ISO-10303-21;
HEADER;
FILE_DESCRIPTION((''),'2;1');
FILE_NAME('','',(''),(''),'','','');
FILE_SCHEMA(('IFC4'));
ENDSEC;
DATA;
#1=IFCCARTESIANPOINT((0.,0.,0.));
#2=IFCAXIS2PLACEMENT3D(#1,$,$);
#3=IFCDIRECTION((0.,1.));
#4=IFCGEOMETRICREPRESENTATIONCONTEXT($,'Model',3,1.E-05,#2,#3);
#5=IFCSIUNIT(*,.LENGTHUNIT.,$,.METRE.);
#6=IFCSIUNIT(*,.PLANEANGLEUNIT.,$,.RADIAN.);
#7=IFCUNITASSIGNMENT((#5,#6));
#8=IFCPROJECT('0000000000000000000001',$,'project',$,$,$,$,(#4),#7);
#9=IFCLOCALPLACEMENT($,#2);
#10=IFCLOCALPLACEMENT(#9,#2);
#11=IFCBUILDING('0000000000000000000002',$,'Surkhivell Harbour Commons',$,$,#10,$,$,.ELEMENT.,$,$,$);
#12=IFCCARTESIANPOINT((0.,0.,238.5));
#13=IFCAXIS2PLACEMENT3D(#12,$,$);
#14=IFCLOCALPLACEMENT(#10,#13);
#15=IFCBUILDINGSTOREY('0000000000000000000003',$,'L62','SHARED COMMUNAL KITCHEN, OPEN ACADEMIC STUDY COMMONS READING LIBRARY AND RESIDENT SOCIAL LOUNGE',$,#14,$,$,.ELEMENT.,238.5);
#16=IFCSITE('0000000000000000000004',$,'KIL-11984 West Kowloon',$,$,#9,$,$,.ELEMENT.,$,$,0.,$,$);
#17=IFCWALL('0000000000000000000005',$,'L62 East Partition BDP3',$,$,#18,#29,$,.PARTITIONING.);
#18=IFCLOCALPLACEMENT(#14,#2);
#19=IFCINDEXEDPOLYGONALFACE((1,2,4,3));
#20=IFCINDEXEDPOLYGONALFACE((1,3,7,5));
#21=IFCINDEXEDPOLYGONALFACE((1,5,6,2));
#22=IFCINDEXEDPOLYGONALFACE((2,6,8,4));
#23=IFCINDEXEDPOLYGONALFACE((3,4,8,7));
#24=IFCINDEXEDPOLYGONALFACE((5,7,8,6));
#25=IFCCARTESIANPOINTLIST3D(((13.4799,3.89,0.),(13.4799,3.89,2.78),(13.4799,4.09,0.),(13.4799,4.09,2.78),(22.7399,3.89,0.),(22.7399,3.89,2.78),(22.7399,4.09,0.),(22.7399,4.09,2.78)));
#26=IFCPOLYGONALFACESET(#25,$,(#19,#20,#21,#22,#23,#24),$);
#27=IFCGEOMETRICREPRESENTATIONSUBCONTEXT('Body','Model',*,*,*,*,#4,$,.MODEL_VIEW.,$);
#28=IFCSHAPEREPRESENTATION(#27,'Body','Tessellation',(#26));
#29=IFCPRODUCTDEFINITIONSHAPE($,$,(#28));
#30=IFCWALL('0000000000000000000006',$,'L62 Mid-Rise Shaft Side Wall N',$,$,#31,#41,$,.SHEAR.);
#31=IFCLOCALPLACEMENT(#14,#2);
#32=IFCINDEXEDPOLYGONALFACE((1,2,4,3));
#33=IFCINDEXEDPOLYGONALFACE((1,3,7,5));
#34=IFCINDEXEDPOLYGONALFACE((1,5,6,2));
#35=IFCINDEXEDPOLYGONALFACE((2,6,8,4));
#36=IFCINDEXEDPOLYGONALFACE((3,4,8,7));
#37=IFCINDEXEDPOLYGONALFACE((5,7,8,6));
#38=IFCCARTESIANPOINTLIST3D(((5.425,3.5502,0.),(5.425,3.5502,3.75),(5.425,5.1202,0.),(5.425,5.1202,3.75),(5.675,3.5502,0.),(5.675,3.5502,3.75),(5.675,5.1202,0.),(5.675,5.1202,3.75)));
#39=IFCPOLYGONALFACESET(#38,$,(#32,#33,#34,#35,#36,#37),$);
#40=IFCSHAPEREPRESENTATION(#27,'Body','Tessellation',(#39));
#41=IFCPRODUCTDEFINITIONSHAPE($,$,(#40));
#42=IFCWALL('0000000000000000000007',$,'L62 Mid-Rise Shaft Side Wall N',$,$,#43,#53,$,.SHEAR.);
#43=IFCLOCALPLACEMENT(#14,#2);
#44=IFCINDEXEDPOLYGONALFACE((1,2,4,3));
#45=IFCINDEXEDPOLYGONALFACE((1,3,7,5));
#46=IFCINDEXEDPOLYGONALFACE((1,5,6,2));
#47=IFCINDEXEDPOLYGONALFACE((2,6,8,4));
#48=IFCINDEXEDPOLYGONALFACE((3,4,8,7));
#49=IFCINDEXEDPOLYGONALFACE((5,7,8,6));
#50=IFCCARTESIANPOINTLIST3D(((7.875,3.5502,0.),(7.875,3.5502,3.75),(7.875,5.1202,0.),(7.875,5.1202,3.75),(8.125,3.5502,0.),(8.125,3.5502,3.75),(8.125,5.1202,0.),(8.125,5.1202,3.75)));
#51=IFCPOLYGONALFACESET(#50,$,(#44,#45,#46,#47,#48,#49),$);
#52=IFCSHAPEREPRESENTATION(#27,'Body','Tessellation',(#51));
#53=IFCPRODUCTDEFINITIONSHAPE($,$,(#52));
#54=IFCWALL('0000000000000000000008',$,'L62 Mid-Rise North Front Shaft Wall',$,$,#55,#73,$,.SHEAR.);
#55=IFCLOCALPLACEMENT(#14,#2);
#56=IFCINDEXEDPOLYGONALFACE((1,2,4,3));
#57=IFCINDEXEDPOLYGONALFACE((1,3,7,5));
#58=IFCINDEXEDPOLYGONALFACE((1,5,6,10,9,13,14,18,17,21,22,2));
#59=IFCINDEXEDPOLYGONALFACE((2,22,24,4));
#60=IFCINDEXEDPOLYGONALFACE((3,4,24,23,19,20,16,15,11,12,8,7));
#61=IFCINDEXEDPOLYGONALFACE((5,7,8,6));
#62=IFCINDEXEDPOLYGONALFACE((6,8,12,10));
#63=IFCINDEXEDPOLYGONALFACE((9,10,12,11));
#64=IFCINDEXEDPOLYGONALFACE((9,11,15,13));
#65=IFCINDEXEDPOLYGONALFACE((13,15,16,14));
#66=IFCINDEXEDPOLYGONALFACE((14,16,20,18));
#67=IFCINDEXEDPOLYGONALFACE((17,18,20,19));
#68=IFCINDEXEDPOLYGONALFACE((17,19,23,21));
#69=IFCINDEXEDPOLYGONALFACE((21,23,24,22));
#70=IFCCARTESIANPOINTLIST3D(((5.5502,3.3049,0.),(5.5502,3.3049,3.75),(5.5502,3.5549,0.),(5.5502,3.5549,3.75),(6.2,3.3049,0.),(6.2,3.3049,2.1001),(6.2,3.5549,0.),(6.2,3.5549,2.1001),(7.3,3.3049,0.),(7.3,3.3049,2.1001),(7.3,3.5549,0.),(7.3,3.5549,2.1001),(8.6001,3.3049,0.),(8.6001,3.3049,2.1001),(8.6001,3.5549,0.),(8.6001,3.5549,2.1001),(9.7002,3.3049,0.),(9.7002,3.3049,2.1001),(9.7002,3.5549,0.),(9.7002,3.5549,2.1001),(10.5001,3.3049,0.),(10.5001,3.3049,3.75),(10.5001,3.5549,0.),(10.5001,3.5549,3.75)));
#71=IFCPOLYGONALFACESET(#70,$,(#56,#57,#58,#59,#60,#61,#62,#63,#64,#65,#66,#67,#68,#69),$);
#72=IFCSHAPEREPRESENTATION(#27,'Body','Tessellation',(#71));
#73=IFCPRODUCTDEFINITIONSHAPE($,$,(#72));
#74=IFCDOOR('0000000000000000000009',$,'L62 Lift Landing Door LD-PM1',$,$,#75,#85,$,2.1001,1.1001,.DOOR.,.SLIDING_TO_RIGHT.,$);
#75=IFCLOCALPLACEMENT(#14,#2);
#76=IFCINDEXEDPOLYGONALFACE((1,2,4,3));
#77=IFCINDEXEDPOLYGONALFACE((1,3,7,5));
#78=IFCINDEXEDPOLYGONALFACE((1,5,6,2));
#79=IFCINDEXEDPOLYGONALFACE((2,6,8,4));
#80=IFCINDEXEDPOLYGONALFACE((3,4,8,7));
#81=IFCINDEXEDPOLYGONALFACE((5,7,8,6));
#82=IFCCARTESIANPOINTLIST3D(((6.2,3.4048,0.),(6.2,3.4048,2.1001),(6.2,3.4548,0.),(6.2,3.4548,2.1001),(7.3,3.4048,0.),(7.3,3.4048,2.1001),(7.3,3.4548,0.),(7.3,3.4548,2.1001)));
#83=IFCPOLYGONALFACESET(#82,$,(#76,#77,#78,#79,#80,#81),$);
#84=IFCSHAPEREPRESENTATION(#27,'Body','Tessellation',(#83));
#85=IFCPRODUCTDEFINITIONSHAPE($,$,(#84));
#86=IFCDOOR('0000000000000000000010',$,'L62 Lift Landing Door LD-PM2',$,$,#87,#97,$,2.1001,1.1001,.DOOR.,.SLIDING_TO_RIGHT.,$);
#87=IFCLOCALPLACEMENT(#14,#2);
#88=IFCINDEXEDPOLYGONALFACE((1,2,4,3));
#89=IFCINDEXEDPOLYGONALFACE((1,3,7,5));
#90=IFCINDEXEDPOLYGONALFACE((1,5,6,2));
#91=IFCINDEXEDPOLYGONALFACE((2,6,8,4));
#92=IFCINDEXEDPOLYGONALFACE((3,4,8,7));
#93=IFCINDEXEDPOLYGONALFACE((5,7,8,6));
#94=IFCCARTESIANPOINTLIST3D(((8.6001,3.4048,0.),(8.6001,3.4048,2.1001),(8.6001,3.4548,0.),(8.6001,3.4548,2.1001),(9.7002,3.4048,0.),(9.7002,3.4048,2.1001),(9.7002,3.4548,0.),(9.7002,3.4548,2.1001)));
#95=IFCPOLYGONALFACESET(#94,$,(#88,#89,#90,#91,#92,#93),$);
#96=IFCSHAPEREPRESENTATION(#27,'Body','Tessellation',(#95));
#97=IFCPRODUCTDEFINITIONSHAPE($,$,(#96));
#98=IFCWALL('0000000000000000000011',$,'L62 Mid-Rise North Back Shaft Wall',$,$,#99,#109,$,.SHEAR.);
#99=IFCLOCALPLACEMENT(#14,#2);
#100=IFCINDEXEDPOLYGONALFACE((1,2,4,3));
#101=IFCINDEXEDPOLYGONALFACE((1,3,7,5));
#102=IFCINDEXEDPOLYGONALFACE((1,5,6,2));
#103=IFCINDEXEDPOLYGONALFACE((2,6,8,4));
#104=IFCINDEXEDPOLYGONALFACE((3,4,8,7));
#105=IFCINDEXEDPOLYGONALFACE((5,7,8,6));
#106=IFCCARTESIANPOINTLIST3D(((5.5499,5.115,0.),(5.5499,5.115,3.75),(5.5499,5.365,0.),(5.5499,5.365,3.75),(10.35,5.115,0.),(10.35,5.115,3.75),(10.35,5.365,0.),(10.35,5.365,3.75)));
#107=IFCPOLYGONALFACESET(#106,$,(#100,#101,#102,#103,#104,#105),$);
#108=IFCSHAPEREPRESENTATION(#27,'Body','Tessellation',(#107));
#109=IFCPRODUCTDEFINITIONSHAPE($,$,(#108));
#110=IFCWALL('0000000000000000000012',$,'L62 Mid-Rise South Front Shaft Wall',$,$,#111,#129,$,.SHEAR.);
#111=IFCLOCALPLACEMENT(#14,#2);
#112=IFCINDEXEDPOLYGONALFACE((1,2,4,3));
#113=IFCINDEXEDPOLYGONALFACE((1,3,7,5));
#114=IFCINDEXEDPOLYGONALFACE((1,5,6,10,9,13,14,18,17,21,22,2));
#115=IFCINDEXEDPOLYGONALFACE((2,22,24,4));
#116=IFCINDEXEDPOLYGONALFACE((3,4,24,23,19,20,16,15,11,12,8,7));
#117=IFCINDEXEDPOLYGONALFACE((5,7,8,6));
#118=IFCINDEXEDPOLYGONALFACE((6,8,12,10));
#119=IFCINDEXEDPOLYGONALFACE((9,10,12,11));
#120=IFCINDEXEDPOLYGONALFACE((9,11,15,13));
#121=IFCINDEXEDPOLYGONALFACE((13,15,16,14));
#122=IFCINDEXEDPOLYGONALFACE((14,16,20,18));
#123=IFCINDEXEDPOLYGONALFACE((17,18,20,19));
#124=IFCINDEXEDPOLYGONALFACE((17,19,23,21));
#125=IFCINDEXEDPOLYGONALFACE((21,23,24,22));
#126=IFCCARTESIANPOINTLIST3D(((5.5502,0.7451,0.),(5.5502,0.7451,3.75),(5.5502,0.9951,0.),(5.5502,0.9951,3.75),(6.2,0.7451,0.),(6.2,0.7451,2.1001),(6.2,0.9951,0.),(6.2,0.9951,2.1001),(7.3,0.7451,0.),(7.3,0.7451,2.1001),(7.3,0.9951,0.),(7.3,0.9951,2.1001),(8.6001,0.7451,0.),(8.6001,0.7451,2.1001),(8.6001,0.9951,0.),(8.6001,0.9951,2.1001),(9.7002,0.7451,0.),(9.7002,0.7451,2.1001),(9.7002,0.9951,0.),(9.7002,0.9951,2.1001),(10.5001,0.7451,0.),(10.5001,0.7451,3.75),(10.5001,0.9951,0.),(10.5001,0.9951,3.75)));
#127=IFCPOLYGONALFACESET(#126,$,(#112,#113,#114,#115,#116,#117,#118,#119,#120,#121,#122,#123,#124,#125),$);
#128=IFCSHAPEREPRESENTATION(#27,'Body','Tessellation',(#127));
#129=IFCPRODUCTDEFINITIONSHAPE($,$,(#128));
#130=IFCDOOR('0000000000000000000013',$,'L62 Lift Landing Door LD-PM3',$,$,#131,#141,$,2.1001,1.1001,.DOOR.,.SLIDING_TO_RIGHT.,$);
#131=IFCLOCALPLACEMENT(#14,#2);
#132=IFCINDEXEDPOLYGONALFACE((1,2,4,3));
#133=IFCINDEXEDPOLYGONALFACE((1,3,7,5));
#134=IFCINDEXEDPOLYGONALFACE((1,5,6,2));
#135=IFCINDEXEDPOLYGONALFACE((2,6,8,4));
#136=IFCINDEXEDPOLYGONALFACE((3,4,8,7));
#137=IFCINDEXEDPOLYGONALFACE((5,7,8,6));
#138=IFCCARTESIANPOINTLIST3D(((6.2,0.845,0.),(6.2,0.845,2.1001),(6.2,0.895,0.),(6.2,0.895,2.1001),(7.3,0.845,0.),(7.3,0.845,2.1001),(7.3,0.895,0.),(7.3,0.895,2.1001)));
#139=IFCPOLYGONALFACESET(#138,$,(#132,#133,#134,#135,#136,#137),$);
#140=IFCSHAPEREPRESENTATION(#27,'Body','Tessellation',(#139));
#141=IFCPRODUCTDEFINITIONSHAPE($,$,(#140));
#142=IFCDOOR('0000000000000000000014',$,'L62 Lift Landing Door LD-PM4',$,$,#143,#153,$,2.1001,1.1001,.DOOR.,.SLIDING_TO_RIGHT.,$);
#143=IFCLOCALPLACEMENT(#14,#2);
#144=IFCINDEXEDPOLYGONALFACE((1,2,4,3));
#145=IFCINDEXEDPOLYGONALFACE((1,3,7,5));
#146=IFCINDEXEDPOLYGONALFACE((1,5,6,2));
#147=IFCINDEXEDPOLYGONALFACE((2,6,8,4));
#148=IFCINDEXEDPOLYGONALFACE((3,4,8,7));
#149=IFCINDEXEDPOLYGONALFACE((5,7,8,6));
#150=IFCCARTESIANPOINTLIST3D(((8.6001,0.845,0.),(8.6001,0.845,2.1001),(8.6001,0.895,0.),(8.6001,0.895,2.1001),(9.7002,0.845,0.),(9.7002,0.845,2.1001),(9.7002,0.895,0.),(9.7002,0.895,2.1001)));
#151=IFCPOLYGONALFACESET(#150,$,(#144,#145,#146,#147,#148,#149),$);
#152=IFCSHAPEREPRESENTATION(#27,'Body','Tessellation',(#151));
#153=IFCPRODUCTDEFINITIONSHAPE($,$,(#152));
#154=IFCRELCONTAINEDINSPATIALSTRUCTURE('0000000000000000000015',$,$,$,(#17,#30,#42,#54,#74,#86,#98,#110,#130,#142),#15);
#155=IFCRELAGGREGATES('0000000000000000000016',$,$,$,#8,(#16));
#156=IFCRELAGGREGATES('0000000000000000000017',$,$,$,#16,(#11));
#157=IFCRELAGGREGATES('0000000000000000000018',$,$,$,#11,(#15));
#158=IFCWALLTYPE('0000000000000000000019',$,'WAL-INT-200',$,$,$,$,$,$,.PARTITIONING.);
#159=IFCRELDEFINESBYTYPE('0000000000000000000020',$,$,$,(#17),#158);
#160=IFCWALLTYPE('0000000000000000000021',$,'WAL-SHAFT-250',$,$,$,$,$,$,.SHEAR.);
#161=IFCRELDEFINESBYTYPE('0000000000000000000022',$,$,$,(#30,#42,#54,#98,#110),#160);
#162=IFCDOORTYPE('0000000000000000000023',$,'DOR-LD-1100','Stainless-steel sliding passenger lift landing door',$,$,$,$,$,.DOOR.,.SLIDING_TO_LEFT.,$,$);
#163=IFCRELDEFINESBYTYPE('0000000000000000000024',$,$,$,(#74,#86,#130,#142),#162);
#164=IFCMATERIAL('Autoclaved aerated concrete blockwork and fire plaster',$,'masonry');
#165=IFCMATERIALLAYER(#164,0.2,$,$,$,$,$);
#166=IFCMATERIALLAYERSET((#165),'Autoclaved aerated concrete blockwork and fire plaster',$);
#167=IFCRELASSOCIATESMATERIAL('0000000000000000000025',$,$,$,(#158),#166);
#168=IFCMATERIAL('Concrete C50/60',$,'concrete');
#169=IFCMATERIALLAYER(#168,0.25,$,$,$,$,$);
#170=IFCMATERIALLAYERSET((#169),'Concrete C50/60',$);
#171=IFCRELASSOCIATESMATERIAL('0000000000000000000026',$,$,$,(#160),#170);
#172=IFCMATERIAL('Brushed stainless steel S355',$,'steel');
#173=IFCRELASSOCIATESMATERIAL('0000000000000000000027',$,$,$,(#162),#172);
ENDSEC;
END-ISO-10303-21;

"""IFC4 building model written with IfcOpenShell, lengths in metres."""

from ifc_helpers import new_model, si_unit, direction, frame, frame_2d, origin, place, context, subcontext, project, spatial, rectangle, extrude, material, layer, layer_set, type_object, element, fill, save


model = new_model("IFC4")

# Units and contexts
model_context = context("Model", 3, precision=1e-05, world=origin(), true_north=direction((0.0, 1.0)))
body_context = subcontext(model_context, "Body", "Model", "MODEL_VIEW")
ifc_project = project(units=[si_unit("LENGTHUNIT", "METRE"), si_unit("PLANEANGLEUNIT", "RADIAN")], contexts=[model_context])

# Site, building, storey
site_placement = place(None, origin())
site = spatial("IfcSite", under=ifc_project, at=site_placement, Name="KIL-11984 West Kowloon", CompositionType="ELEMENT", RefElevation=0.0)
building_placement = place(site_placement, origin())
building = spatial("IfcBuilding", under=site, at=building_placement, Name="Surkhivell Harbour Commons", CompositionType="ELEMENT")
storey_placement = place(building_placement, frame((0.0, 0.0, 238.5)))
storey = spatial("IfcBuildingStorey", under=building, at=storey_placement, Name="L62", Description="SHARED COMMUNAL KITCHEN, OPEN ACADEMIC STUDY COMMONS READING LIBRARY AND RESIDENT SOCIAL LOUNGE", CompositionType="ELEMENT", Elevation=238.5)

# Shared definitions
ifc_material_1 = material(Name="Autoclaved aerated concrete blockwork and fire plaster", Category="masonry")
ifc_layer_1 = layer(ifc_material_1, 0.2)
ifc_layer_set_1 = layer_set([ifc_layer_1], Name="Autoclaved aerated concrete blockwork and fire plaster")
wall_type_1 = type_object("IfcWallType", Name="WAL-INT-200", PredefinedType="PARTITIONING", material=ifc_layer_set_1)

# Walls
wall_1_placement = place(storey_placement, frame((13.48, 3.99, 0.0), z_axis=(0.0, 0.0, 1.0), x_axis=(1.0, 0.0, 0.0)))
element("IfcWall", 1, at=wall_1_placement, inside=storey, type_object=wall_type_1, Name="L62 East Partition BDP3", PredefinedType="PARTITIONING", context=body_context, shape_type="SweptSolid", body=[
    extrude(rectangle(XDim=9.26, YDim=0.2, at=frame_2d((4.6299, 0.0))), origin(), (0.0, 0.0, 1.0), 2.78),
])
ifc_material_2 = material(Name="Concrete C50/60", Category="concrete")
ifc_layer_2 = layer(ifc_material_2, 0.25)
ifc_layer_set_2 = layer_set([ifc_layer_2], Name="Concrete C50/60")
wall_type_2 = type_object("IfcWallType", Name="WAL-SHAFT-250", PredefinedType="SHEAR", material=ifc_layer_set_2)
for number, where, z_axis, x_axis, name in (
    (2, (5.55, 3.55, 0.0), (0.0, 0.0, 1.0), (0.0, 1.0, 0.0), "L62 Mid-Rise Shaft Side Wall N"),
    (3, (8.0, 3.55, 0.0), (0.0, 0.0, 1.0), (0.0, 1.0, 0.0), "L62 Mid-Rise Shaft Side Wall N"),
):
    element("IfcWall", number, at=place(storey_placement, frame(where, z_axis=z_axis, x_axis=x_axis)), inside=storey, type_object=wall_type_2, Name=name, PredefinedType="SHEAR", context=body_context, shape_type="SweptSolid", body=[
        extrude(rectangle(XDim=1.5701, YDim=0.25, at=frame_2d((0.7852, 0.0))), origin(), (0.0, 0.0, 1.0), 3.75),
    ])

# Wall, openings, doors
wall_2_placement = place(storey_placement, frame((5.55, 3.4299, 0.0), z_axis=(0.0, 0.0, 1.0), x_axis=(1.0, 0.0, 0.0)))
wall_2 = element("IfcWall", 4, at=wall_2_placement, inside=storey, type_object=wall_type_2, Name="L62 Mid-Rise North Front Shaft Wall", PredefinedType="SHEAR", context=body_context, shape_type="SweptSolid", body=[
    extrude(rectangle(XDim=4.95, YDim=0.25, at=frame_2d((2.4751, 0.0))), origin(), (0.0, 0.0, 1.0), 3.75),
])
opening_1_placement = place(wall_2_placement, frame((0.6499, 0.0, 0.0)))
opening_1 = element("IfcOpeningElement", 5, at=opening_1_placement, cuts=wall_2, PredefinedType="OPENING", context=body_context, shape_type="SweptSolid", body=[
    extrude(rectangle(XDim=1.1001, YDim=2.1001, at=frame_2d((0.55, 1.05))), frame((0.0, 0.135, 0.0), z_axis=(0.0, -1.0, 0.0), x_axis=(1.0, 0.0, 0.0)), (0.0, 0.0, 1.0), 0.27),
])
opening_2_placement = place(wall_2_placement, frame((3.05, 0.0, 0.0)))
opening_2 = element("IfcOpeningElement", 6, at=opening_2_placement, cuts=wall_2, PredefinedType="OPENING", context=body_context, shape_type="SweptSolid", body=[
    extrude(rectangle(XDim=1.1001, YDim=2.1001, at=frame_2d((0.55, 1.05))), frame((0.0, 0.135, 0.0), z_axis=(0.0, -1.0, 0.0), x_axis=(1.0, 0.0, 0.0)), (0.0, 0.0, 1.0), 0.27),
])
ifc_material_3 = material(Name="Brushed stainless steel S355", Category="steel")
door_type_1 = type_object("IfcDoorType", Name="DOR-LD-1100", Description="Stainless-steel sliding passenger lift landing door", OperationType="SLIDING_TO_LEFT", PredefinedType="DOOR", material=ifc_material_3)
door_1_placement = place(opening_1_placement, origin())
door_1 = element("IfcDoor", 7, at=door_1_placement, inside=storey, type_object=door_type_1, Name="L62 Lift Landing Door LD-PM1", OperationType="SLIDING_TO_RIGHT", OverallHeight=2.1001, OverallWidth=1.1001, PredefinedType="DOOR", context=body_context, shape_type="SweptSolid", body=[
    extrude(rectangle(XDim=1.1001, YDim=2.1001, at=frame_2d((0.55, 1.05))), frame((0.0, 0.0249, 0.0), z_axis=(0.0, -1.0, 0.0), x_axis=(1.0, 0.0, 0.0)), (0.0, 0.0, 1.0), 0.05),
])
fill(opening_1, door_1)
door_2_placement = place(opening_2_placement, origin())
door_2 = element("IfcDoor", 8, at=door_2_placement, inside=storey, type_object=door_type_1, Name="L62 Lift Landing Door LD-PM2", OperationType="SLIDING_TO_RIGHT", OverallHeight=2.1001, OverallWidth=1.1001, PredefinedType="DOOR", context=body_context, shape_type="SweptSolid", body=[
    extrude(rectangle(XDim=1.1001, YDim=2.1001, at=frame_2d((0.55, 1.05))), frame((0.0, 0.0249, 0.0), z_axis=(0.0, -1.0, 0.0), x_axis=(1.0, 0.0, 0.0)), (0.0, 0.0, 1.0), 0.05),
])
fill(opening_2, door_2)

# Wall
wall_3_placement = place(storey_placement, frame((5.55, 5.24, 0.0), z_axis=(0.0, 0.0, 1.0), x_axis=(1.0, 0.0, 0.0)))
element("IfcWall", 9, at=wall_3_placement, inside=storey, type_object=wall_type_2, Name="L62 Mid-Rise North Back Shaft Wall", PredefinedType="SHEAR", context=body_context, shape_type="SweptSolid", body=[
    extrude(rectangle(XDim=4.8, YDim=0.25, at=frame_2d((2.3999, 0.0))), origin(), (0.0, 0.0, 1.0), 3.75),
])

# Wall, openings, doors
wall_4_placement = place(storey_placement, frame((5.55, 0.8701, 0.0), z_axis=(0.0, 0.0, 1.0), x_axis=(1.0, 0.0, 0.0)))
wall_4 = element("IfcWall", 10, at=wall_4_placement, inside=storey, type_object=wall_type_2, Name="L62 Mid-Rise South Front Shaft Wall", PredefinedType="SHEAR", context=body_context, shape_type="SweptSolid", body=[
    extrude(rectangle(XDim=4.95, YDim=0.25, at=frame_2d((2.4751, 0.0))), origin(), (0.0, 0.0, 1.0), 3.75),
])
opening_3_placement = place(wall_4_placement, frame((0.6499, 0.0, 0.0)))
opening_3 = element("IfcOpeningElement", 11, at=opening_3_placement, cuts=wall_4, PredefinedType="OPENING", context=body_context, shape_type="SweptSolid", body=[
    extrude(rectangle(XDim=1.1001, YDim=2.1001, at=frame_2d((0.55, 1.05))), frame((0.0, 0.135, 0.0), z_axis=(0.0, -1.0, 0.0), x_axis=(1.0, 0.0, 0.0)), (0.0, 0.0, 1.0), 0.27),
])
opening_4_placement = place(wall_4_placement, frame((3.05, 0.0, 0.0)))
opening_4 = element("IfcOpeningElement", 12, at=opening_4_placement, cuts=wall_4, PredefinedType="OPENING", context=body_context, shape_type="SweptSolid", body=[
    extrude(rectangle(XDim=1.1001, YDim=2.1001, at=frame_2d((0.55, 1.05))), frame((0.0, 0.135, 0.0), z_axis=(0.0, -1.0, 0.0), x_axis=(1.0, 0.0, 0.0)), (0.0, 0.0, 1.0), 0.27),
])
door_3_placement = place(opening_3_placement, origin())
door_3 = element("IfcDoor", 13, at=door_3_placement, inside=storey, type_object=door_type_1, Name="L62 Lift Landing Door LD-PM3", OperationType="SLIDING_TO_RIGHT", OverallHeight=2.1001, OverallWidth=1.1001, PredefinedType="DOOR", context=body_context, shape_type="SweptSolid", body=[
    extrude(rectangle(XDim=1.1001, YDim=2.1001, at=frame_2d((0.55, 1.05))), frame((0.0, 0.0249, 0.0), z_axis=(0.0, -1.0, 0.0), x_axis=(1.0, 0.0, 0.0)), (0.0, 0.0, 1.0), 0.05),
])
fill(opening_3, door_3)
door_4_placement = place(opening_4_placement, origin())
door_4 = element("IfcDoor", 14, at=door_4_placement, inside=storey, type_object=door_type_1, Name="L62 Lift Landing Door LD-PM4", OperationType="SLIDING_TO_RIGHT", OverallHeight=2.1001, OverallWidth=1.1001, PredefinedType="DOOR", context=body_context, shape_type="SweptSolid", body=[
    extrude(rectangle(XDim=1.1001, YDim=2.1001, at=frame_2d((0.55, 1.05))), frame((0.0, 0.0249, 0.0), z_axis=(0.0, -1.0, 0.0), x_axis=(1.0, 0.0, 0.0)), (0.0, 0.0, 1.0), 0.05),
])
fill(opening_4, door_4)

save(model, "model.ifc")
